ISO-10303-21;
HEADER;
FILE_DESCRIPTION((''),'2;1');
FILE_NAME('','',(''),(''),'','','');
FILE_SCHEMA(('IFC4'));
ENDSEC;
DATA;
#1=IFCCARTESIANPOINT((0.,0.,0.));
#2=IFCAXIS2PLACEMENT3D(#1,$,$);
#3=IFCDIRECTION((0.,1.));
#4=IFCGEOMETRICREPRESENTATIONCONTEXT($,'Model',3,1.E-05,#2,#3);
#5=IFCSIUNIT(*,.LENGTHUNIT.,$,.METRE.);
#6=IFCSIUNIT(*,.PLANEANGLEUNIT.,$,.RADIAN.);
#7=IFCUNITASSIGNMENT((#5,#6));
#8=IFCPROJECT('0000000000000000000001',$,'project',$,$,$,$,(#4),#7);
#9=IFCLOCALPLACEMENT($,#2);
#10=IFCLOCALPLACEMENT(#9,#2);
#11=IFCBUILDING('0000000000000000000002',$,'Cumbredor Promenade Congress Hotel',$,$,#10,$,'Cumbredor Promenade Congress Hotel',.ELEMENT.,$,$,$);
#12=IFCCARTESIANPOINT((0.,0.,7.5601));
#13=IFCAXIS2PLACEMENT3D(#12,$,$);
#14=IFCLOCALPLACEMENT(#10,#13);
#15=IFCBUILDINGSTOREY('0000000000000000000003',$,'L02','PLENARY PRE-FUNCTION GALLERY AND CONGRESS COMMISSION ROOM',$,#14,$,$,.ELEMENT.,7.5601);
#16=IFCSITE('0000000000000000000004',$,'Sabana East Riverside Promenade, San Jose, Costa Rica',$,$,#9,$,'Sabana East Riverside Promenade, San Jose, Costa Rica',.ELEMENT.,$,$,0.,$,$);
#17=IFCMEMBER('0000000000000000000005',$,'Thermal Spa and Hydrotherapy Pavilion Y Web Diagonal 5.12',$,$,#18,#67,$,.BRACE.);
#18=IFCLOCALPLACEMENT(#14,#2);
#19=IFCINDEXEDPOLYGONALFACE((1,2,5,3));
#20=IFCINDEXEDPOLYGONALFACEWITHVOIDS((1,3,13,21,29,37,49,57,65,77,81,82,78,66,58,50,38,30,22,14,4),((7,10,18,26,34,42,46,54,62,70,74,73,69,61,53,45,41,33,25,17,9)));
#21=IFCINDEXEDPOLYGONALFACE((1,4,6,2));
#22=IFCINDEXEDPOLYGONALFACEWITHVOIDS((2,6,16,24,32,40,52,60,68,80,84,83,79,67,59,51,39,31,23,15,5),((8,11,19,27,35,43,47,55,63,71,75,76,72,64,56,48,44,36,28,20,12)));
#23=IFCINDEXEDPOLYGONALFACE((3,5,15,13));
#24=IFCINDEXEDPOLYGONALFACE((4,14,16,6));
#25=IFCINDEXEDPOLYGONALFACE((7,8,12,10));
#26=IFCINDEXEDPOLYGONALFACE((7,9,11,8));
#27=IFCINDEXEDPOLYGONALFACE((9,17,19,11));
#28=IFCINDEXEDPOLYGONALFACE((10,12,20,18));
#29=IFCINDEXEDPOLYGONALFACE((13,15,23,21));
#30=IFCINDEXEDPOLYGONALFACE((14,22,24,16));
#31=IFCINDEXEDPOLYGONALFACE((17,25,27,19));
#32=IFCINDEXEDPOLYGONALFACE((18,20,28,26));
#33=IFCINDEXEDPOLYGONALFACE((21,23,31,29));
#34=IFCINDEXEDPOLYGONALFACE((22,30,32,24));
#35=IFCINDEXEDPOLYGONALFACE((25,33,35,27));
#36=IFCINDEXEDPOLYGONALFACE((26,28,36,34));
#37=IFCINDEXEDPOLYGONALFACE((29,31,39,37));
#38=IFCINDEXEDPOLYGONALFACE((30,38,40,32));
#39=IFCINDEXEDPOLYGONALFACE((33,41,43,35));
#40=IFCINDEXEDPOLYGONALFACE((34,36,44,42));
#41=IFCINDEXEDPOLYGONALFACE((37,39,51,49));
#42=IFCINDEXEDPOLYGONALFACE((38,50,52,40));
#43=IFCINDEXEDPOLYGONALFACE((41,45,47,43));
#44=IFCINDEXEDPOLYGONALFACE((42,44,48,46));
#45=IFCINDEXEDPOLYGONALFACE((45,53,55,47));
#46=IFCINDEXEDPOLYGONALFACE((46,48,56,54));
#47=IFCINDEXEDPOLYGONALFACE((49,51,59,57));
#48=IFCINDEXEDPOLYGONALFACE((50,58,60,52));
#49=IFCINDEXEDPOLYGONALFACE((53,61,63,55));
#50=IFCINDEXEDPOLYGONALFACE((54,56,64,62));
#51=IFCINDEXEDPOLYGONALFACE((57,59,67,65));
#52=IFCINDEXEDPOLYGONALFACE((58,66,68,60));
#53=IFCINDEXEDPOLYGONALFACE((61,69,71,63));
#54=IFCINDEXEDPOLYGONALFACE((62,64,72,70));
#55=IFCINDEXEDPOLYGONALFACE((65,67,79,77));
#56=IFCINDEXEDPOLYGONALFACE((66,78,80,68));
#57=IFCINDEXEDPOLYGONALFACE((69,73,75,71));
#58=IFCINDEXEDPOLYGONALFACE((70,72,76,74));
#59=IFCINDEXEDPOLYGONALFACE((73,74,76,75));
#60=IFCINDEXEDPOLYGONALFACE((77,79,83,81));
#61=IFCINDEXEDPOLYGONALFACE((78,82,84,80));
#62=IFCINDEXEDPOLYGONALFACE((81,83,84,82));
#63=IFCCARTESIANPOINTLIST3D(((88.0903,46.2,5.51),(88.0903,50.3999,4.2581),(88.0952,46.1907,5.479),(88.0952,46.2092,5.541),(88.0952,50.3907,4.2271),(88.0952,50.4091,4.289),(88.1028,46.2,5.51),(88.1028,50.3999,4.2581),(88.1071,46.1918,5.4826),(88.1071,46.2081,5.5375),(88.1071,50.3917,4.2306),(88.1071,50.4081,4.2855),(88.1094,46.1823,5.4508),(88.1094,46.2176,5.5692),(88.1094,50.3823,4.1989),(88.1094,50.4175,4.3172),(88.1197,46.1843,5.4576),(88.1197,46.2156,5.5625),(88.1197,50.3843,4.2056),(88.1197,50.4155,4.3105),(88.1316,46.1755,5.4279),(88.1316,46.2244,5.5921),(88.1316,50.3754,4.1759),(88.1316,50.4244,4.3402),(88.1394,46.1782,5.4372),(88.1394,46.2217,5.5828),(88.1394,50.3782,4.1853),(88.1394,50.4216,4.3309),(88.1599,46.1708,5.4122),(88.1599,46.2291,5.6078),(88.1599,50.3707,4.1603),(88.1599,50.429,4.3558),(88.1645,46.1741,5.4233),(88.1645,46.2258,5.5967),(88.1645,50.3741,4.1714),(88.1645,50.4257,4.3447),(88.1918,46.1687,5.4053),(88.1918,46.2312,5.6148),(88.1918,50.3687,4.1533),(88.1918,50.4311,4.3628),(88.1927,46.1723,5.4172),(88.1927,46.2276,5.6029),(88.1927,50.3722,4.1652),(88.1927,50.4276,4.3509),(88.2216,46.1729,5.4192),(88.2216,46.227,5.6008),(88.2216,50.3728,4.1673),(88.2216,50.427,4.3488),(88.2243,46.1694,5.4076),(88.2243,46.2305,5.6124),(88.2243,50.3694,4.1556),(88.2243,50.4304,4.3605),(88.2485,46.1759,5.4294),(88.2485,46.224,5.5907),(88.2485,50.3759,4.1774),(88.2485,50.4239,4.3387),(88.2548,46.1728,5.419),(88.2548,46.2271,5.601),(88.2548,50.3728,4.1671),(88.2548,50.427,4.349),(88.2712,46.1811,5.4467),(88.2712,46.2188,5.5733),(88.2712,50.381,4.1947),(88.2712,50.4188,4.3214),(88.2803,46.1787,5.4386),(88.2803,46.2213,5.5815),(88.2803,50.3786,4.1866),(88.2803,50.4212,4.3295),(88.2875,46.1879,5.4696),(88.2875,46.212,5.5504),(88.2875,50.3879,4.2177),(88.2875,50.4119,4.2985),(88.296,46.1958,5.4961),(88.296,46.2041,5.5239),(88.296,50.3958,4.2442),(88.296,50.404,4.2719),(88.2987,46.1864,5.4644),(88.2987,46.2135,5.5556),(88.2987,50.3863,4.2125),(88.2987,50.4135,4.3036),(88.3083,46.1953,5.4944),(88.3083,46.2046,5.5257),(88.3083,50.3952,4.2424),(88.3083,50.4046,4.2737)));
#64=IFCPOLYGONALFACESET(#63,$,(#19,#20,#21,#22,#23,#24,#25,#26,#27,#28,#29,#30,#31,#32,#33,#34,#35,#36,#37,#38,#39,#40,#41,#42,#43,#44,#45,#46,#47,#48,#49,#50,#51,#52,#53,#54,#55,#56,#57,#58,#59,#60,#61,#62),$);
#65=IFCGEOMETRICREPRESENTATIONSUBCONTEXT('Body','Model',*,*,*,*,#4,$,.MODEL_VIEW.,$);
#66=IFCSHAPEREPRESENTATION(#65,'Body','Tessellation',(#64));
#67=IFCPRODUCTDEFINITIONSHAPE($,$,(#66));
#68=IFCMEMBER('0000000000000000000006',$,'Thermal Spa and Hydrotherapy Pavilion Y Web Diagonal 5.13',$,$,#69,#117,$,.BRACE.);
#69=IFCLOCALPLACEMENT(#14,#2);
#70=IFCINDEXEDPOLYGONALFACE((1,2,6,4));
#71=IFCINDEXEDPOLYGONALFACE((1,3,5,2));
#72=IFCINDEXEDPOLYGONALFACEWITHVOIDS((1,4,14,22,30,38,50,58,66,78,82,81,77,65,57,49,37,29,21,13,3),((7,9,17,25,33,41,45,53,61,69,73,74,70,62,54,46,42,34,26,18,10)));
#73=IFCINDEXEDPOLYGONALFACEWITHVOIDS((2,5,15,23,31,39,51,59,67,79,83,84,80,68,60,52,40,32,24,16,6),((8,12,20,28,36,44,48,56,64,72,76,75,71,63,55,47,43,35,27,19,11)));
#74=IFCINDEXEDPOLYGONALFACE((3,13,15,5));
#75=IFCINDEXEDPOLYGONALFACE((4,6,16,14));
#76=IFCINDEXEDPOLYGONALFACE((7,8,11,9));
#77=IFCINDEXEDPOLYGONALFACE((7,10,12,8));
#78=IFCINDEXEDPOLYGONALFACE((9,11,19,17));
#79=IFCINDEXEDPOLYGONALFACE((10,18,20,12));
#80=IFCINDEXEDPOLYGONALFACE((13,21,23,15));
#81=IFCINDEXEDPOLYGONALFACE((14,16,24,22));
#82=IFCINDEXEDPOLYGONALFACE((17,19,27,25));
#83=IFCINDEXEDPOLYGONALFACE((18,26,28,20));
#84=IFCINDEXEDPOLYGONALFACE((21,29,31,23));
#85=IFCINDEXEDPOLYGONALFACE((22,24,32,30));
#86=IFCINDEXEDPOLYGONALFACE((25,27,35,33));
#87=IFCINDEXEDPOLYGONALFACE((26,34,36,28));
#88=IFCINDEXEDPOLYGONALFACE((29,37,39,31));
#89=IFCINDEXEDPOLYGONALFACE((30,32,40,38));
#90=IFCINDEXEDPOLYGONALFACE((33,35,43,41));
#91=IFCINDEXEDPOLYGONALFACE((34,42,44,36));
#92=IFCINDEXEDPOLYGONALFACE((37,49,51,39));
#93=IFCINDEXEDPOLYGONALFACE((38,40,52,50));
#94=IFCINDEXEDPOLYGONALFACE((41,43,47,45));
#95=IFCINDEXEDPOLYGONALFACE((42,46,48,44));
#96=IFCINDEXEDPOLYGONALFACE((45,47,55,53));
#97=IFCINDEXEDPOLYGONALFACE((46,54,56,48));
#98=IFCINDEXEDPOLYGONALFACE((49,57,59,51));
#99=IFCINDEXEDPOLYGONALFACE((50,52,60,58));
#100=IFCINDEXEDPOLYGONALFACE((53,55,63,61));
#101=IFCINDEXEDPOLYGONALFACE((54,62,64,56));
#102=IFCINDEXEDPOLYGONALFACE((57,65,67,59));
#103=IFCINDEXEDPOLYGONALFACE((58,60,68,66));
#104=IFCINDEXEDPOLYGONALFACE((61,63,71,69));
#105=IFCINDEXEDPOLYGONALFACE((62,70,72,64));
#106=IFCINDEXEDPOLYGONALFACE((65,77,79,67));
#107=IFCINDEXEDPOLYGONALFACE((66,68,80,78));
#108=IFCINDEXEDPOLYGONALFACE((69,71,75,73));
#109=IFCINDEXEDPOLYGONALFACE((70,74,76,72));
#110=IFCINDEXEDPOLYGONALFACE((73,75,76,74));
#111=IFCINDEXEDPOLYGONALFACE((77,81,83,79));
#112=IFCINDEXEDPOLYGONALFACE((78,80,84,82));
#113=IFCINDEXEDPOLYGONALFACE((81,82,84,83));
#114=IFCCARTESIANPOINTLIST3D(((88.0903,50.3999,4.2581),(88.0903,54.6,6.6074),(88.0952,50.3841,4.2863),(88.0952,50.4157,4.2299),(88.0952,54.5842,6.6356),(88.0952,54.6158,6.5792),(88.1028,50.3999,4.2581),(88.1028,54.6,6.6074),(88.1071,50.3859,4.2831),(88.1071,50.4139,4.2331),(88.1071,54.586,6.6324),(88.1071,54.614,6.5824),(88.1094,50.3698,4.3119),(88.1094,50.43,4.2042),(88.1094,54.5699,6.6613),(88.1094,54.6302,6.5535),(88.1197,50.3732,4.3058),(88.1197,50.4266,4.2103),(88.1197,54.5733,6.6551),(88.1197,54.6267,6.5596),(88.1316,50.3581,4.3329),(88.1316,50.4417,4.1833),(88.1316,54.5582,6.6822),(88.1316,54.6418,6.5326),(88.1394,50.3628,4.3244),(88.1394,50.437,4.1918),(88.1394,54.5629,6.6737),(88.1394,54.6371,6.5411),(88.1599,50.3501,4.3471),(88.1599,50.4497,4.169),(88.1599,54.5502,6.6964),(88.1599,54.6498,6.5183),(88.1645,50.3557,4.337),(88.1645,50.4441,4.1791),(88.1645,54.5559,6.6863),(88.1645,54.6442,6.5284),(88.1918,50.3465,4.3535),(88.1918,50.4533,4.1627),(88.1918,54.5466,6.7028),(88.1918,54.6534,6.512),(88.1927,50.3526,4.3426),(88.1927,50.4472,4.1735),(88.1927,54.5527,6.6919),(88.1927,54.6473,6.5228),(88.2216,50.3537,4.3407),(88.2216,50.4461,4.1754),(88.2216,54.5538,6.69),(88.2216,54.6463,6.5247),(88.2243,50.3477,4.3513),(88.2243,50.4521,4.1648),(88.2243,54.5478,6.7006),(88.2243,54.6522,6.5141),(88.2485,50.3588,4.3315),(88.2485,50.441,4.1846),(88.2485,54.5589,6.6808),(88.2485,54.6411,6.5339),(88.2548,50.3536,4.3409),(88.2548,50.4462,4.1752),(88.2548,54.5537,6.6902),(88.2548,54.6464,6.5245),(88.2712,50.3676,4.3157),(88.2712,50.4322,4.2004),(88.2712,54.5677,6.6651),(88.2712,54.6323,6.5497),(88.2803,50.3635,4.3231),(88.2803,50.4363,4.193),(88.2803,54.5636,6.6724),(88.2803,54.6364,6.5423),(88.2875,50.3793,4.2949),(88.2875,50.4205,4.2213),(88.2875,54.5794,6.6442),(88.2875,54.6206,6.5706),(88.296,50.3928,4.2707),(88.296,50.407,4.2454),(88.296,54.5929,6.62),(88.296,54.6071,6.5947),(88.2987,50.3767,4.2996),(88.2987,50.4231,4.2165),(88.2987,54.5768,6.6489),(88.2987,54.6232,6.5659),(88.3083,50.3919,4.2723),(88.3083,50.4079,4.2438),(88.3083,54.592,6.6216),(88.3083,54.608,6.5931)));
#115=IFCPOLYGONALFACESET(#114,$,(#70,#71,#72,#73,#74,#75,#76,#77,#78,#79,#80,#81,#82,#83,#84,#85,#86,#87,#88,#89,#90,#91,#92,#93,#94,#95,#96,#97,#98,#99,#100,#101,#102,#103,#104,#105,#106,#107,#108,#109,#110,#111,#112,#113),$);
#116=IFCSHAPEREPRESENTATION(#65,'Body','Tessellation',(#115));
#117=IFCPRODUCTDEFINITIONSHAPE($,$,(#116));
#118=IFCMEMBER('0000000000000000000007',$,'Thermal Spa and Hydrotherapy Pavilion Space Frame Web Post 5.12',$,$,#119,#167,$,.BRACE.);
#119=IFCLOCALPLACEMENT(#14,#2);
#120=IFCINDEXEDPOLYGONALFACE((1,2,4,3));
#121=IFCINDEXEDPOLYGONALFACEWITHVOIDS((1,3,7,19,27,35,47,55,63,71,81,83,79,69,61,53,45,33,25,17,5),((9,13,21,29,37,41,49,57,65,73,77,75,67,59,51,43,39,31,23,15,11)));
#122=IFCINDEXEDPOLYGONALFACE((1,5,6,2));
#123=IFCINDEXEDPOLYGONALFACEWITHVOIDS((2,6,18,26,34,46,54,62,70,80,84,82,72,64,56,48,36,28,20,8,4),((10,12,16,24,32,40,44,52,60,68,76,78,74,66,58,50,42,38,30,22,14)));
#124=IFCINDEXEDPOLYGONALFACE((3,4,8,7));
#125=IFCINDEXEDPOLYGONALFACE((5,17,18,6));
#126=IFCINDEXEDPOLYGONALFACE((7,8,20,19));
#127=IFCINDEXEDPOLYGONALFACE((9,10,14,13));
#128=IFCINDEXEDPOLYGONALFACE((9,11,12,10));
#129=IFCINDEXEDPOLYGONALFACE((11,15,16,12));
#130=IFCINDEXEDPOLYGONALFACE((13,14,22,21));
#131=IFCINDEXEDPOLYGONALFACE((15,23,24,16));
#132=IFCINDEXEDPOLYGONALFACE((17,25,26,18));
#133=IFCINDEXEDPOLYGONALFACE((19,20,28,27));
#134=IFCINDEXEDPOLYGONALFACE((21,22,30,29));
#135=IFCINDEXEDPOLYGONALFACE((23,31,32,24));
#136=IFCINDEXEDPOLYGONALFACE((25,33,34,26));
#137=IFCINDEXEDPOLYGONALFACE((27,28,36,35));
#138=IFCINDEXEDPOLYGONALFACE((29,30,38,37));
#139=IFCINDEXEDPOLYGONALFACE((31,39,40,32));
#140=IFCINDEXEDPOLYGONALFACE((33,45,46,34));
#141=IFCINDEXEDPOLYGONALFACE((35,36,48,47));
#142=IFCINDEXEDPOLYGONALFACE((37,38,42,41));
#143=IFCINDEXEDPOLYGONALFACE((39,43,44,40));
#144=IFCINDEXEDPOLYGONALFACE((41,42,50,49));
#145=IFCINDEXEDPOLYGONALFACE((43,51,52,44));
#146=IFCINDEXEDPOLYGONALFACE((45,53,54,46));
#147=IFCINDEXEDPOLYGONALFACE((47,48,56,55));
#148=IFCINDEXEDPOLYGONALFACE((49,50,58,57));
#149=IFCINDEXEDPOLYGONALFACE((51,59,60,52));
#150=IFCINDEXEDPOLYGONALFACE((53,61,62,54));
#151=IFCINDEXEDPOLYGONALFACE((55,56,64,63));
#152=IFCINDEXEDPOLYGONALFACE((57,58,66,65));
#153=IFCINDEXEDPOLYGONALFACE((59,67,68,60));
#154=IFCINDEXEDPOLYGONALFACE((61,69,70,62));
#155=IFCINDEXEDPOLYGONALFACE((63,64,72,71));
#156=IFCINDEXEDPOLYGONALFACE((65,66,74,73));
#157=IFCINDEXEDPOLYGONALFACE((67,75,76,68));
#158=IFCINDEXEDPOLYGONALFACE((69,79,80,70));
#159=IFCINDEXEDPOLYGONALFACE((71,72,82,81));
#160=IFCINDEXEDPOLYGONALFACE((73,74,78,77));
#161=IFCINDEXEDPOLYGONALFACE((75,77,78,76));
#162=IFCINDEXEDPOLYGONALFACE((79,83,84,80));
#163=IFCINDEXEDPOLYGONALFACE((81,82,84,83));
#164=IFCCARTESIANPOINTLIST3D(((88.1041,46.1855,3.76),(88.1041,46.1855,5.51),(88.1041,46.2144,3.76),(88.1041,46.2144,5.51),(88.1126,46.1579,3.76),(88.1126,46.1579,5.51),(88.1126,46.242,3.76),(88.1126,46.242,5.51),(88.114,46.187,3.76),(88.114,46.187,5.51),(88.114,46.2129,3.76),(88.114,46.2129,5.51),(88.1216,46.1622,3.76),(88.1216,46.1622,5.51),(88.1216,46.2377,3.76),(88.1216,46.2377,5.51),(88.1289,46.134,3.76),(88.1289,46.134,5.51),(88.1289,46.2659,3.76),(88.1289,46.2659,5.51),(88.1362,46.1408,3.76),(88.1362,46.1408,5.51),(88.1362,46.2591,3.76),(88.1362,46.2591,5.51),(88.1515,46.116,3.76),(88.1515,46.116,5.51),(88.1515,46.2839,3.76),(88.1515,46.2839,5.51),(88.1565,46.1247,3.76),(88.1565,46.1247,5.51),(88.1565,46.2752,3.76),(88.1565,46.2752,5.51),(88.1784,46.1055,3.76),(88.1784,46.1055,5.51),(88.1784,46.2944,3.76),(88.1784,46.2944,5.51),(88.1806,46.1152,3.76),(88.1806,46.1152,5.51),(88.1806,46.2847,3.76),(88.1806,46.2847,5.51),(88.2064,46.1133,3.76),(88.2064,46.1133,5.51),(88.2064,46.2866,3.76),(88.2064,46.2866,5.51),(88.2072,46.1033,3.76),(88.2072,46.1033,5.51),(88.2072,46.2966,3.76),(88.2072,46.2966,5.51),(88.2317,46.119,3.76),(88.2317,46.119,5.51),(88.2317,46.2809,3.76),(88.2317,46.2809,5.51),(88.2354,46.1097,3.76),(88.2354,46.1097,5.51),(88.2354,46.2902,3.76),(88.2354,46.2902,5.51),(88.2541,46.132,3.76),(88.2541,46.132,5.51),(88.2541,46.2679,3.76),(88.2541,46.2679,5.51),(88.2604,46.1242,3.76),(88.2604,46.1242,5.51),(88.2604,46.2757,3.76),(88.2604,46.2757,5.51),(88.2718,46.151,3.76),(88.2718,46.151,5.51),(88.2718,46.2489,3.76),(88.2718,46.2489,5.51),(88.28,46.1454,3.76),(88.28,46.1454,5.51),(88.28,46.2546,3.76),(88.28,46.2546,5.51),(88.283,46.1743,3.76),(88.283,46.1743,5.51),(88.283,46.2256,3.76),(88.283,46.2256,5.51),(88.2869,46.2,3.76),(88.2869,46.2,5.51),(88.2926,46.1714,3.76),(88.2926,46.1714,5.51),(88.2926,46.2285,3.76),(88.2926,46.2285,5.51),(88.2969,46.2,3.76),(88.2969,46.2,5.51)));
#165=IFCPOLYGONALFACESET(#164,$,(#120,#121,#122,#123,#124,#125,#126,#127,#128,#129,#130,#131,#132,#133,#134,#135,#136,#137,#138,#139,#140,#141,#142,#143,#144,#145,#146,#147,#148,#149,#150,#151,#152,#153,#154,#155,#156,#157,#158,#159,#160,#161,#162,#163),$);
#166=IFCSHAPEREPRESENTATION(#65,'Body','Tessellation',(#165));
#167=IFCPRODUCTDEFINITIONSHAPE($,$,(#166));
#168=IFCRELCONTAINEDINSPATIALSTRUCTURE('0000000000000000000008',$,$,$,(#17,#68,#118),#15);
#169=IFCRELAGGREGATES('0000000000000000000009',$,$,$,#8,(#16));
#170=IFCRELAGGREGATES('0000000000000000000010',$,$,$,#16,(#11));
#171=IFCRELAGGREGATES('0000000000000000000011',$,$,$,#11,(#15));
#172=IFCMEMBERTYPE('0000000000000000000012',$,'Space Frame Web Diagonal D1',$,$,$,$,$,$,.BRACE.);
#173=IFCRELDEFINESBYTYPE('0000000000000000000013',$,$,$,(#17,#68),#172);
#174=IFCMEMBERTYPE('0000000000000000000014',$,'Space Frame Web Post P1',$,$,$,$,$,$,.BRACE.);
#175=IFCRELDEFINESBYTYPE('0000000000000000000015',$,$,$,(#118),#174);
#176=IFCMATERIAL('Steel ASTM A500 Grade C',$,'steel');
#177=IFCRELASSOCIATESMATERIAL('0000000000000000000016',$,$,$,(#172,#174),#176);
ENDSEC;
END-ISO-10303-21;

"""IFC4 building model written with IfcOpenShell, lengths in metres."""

from ifc_helpers import new_model, si_unit, direction, frame, origin, origin_2d, place, context, subcontext, project, spatial, hollow_circle, extrude, material, material_profile, profile_set, type_object, element, save


model = new_model("IFC4")

# Units and contexts
model_context = context("Model", 3, precision=1e-05, world=origin(), true_north=direction((0.0, 1.0)))
body_context = subcontext(model_context, "Body", "Model", "MODEL_VIEW")
ifc_project = project(units=[si_unit("LENGTHUNIT", "METRE"), si_unit("PLANEANGLEUNIT", "RADIAN")], contexts=[model_context])

# Site, building, storey
site_placement = place(None, origin())
site = spatial("IfcSite", under=ifc_project, at=site_placement, Name="Sabana East Riverside Promenade, San Jose, Costa Rica", LongName="Sabana East Riverside Promenade, San Jose, Costa Rica", CompositionType="ELEMENT", RefElevation=0.0)
building_placement = place(site_placement, origin())
building = spatial("IfcBuilding", under=site, at=building_placement, Name="Cumbredor Promenade Congress Hotel", LongName="Cumbredor Promenade Congress Hotel", CompositionType="ELEMENT")
storey_placement = place(building_placement, frame((0.0, 0.0, 7.5601)))
storey = spatial("IfcBuildingStorey", under=building, at=storey_placement, Name="L02", Description="PLENARY PRE-FUNCTION GALLERY AND CONGRESS COMMISSION ROOM", CompositionType="ELEMENT", Elevation=7.5601)

# Members
ifc_material_1 = material(Name="Steel ASTM A500 Grade C", Category="steel")
ifc_material_profile_1 = material_profile(ifc_material_1, hollow_circle(Radius=0.1096, WallThickness=0.0125, at=origin_2d()), Name="CHS 219.1x12.5")
ifc_profile_set_1 = profile_set([ifc_material_profile_1], Name="Steel ASTM A500 Grade C")
member_type_1 = type_object("IfcMemberType", Name="Space Frame Web Diagonal D1", PredefinedType="BRACE", material=ifc_profile_set_1)
member_1_placement = place(storey_placement, frame((88.2, 46.2, 5.51), z_axis=(0.0, 0.958329, -0.285666), x_axis=(-1.0, 0.0, 0.0)))
element("IfcMember", 1, at=member_1_placement, inside=storey, type_object=member_type_1, Name="Thermal Spa and Hydrotherapy Pavilion Y Web Diagonal 5.12", PredefinedType="BRACE", context=body_context, shape_type="SweptSolid", body=[
    extrude(hollow_circle(Radius=0.1096, WallThickness=0.0125, at=origin_2d()), origin(), (0.0, 0.0, 1.0), 4.3826),
])
member_2_placement = place(storey_placement, frame((88.2, 50.3999, 4.2581), z_axis=(0.0, 0.872749, 0.488169), x_axis=(-1.0, 0.0, 0.0)))
element("IfcMember", 2, at=member_2_placement, inside=storey, type_object=member_type_1, Name="Thermal Spa and Hydrotherapy Pavilion Y Web Diagonal 5.13", PredefinedType="BRACE", context=body_context, shape_type="SweptSolid", body=[
    extrude(hollow_circle(Radius=0.1096, WallThickness=0.0125, at=origin_2d()), origin(), (0.0, 0.0, 1.0), 4.8125),
])
ifc_material_profile_2 = material_profile(ifc_material_1, hollow_circle(Radius=0.0969, WallThickness=0.01, at=origin_2d()), Name="CHS 193.7x10")
ifc_profile_set_2 = profile_set([ifc_material_profile_2], Name="Steel ASTM A500 Grade C")
member_type_2 = type_object("IfcMemberType", Name="Space Frame Web Post P1", PredefinedType="BRACE", material=ifc_profile_set_2)
for number, where, z_axis, x_axis, name in (
    (3, (88.2, 46.2, 3.76), (0.0, 0.0, 1.0), (1.0, 0.0, 0.0), "Thermal Spa and Hydrotherapy Pavilion Space Frame Web Post 5.12"),
):
    element("IfcMember", number, at=place(storey_placement, frame(where, z_axis=z_axis, x_axis=x_axis)), inside=storey, type_object=member_type_2, Name=name, PredefinedType="BRACE", context=body_context, shape_type="SweptSolid", body=[
        extrude(hollow_circle(Radius=0.0969, WallThickness=0.01, at=origin_2d()), origin(), (0.0, 0.0, 1.0), 1.75),
    ])

save(model, "model.ifc")
